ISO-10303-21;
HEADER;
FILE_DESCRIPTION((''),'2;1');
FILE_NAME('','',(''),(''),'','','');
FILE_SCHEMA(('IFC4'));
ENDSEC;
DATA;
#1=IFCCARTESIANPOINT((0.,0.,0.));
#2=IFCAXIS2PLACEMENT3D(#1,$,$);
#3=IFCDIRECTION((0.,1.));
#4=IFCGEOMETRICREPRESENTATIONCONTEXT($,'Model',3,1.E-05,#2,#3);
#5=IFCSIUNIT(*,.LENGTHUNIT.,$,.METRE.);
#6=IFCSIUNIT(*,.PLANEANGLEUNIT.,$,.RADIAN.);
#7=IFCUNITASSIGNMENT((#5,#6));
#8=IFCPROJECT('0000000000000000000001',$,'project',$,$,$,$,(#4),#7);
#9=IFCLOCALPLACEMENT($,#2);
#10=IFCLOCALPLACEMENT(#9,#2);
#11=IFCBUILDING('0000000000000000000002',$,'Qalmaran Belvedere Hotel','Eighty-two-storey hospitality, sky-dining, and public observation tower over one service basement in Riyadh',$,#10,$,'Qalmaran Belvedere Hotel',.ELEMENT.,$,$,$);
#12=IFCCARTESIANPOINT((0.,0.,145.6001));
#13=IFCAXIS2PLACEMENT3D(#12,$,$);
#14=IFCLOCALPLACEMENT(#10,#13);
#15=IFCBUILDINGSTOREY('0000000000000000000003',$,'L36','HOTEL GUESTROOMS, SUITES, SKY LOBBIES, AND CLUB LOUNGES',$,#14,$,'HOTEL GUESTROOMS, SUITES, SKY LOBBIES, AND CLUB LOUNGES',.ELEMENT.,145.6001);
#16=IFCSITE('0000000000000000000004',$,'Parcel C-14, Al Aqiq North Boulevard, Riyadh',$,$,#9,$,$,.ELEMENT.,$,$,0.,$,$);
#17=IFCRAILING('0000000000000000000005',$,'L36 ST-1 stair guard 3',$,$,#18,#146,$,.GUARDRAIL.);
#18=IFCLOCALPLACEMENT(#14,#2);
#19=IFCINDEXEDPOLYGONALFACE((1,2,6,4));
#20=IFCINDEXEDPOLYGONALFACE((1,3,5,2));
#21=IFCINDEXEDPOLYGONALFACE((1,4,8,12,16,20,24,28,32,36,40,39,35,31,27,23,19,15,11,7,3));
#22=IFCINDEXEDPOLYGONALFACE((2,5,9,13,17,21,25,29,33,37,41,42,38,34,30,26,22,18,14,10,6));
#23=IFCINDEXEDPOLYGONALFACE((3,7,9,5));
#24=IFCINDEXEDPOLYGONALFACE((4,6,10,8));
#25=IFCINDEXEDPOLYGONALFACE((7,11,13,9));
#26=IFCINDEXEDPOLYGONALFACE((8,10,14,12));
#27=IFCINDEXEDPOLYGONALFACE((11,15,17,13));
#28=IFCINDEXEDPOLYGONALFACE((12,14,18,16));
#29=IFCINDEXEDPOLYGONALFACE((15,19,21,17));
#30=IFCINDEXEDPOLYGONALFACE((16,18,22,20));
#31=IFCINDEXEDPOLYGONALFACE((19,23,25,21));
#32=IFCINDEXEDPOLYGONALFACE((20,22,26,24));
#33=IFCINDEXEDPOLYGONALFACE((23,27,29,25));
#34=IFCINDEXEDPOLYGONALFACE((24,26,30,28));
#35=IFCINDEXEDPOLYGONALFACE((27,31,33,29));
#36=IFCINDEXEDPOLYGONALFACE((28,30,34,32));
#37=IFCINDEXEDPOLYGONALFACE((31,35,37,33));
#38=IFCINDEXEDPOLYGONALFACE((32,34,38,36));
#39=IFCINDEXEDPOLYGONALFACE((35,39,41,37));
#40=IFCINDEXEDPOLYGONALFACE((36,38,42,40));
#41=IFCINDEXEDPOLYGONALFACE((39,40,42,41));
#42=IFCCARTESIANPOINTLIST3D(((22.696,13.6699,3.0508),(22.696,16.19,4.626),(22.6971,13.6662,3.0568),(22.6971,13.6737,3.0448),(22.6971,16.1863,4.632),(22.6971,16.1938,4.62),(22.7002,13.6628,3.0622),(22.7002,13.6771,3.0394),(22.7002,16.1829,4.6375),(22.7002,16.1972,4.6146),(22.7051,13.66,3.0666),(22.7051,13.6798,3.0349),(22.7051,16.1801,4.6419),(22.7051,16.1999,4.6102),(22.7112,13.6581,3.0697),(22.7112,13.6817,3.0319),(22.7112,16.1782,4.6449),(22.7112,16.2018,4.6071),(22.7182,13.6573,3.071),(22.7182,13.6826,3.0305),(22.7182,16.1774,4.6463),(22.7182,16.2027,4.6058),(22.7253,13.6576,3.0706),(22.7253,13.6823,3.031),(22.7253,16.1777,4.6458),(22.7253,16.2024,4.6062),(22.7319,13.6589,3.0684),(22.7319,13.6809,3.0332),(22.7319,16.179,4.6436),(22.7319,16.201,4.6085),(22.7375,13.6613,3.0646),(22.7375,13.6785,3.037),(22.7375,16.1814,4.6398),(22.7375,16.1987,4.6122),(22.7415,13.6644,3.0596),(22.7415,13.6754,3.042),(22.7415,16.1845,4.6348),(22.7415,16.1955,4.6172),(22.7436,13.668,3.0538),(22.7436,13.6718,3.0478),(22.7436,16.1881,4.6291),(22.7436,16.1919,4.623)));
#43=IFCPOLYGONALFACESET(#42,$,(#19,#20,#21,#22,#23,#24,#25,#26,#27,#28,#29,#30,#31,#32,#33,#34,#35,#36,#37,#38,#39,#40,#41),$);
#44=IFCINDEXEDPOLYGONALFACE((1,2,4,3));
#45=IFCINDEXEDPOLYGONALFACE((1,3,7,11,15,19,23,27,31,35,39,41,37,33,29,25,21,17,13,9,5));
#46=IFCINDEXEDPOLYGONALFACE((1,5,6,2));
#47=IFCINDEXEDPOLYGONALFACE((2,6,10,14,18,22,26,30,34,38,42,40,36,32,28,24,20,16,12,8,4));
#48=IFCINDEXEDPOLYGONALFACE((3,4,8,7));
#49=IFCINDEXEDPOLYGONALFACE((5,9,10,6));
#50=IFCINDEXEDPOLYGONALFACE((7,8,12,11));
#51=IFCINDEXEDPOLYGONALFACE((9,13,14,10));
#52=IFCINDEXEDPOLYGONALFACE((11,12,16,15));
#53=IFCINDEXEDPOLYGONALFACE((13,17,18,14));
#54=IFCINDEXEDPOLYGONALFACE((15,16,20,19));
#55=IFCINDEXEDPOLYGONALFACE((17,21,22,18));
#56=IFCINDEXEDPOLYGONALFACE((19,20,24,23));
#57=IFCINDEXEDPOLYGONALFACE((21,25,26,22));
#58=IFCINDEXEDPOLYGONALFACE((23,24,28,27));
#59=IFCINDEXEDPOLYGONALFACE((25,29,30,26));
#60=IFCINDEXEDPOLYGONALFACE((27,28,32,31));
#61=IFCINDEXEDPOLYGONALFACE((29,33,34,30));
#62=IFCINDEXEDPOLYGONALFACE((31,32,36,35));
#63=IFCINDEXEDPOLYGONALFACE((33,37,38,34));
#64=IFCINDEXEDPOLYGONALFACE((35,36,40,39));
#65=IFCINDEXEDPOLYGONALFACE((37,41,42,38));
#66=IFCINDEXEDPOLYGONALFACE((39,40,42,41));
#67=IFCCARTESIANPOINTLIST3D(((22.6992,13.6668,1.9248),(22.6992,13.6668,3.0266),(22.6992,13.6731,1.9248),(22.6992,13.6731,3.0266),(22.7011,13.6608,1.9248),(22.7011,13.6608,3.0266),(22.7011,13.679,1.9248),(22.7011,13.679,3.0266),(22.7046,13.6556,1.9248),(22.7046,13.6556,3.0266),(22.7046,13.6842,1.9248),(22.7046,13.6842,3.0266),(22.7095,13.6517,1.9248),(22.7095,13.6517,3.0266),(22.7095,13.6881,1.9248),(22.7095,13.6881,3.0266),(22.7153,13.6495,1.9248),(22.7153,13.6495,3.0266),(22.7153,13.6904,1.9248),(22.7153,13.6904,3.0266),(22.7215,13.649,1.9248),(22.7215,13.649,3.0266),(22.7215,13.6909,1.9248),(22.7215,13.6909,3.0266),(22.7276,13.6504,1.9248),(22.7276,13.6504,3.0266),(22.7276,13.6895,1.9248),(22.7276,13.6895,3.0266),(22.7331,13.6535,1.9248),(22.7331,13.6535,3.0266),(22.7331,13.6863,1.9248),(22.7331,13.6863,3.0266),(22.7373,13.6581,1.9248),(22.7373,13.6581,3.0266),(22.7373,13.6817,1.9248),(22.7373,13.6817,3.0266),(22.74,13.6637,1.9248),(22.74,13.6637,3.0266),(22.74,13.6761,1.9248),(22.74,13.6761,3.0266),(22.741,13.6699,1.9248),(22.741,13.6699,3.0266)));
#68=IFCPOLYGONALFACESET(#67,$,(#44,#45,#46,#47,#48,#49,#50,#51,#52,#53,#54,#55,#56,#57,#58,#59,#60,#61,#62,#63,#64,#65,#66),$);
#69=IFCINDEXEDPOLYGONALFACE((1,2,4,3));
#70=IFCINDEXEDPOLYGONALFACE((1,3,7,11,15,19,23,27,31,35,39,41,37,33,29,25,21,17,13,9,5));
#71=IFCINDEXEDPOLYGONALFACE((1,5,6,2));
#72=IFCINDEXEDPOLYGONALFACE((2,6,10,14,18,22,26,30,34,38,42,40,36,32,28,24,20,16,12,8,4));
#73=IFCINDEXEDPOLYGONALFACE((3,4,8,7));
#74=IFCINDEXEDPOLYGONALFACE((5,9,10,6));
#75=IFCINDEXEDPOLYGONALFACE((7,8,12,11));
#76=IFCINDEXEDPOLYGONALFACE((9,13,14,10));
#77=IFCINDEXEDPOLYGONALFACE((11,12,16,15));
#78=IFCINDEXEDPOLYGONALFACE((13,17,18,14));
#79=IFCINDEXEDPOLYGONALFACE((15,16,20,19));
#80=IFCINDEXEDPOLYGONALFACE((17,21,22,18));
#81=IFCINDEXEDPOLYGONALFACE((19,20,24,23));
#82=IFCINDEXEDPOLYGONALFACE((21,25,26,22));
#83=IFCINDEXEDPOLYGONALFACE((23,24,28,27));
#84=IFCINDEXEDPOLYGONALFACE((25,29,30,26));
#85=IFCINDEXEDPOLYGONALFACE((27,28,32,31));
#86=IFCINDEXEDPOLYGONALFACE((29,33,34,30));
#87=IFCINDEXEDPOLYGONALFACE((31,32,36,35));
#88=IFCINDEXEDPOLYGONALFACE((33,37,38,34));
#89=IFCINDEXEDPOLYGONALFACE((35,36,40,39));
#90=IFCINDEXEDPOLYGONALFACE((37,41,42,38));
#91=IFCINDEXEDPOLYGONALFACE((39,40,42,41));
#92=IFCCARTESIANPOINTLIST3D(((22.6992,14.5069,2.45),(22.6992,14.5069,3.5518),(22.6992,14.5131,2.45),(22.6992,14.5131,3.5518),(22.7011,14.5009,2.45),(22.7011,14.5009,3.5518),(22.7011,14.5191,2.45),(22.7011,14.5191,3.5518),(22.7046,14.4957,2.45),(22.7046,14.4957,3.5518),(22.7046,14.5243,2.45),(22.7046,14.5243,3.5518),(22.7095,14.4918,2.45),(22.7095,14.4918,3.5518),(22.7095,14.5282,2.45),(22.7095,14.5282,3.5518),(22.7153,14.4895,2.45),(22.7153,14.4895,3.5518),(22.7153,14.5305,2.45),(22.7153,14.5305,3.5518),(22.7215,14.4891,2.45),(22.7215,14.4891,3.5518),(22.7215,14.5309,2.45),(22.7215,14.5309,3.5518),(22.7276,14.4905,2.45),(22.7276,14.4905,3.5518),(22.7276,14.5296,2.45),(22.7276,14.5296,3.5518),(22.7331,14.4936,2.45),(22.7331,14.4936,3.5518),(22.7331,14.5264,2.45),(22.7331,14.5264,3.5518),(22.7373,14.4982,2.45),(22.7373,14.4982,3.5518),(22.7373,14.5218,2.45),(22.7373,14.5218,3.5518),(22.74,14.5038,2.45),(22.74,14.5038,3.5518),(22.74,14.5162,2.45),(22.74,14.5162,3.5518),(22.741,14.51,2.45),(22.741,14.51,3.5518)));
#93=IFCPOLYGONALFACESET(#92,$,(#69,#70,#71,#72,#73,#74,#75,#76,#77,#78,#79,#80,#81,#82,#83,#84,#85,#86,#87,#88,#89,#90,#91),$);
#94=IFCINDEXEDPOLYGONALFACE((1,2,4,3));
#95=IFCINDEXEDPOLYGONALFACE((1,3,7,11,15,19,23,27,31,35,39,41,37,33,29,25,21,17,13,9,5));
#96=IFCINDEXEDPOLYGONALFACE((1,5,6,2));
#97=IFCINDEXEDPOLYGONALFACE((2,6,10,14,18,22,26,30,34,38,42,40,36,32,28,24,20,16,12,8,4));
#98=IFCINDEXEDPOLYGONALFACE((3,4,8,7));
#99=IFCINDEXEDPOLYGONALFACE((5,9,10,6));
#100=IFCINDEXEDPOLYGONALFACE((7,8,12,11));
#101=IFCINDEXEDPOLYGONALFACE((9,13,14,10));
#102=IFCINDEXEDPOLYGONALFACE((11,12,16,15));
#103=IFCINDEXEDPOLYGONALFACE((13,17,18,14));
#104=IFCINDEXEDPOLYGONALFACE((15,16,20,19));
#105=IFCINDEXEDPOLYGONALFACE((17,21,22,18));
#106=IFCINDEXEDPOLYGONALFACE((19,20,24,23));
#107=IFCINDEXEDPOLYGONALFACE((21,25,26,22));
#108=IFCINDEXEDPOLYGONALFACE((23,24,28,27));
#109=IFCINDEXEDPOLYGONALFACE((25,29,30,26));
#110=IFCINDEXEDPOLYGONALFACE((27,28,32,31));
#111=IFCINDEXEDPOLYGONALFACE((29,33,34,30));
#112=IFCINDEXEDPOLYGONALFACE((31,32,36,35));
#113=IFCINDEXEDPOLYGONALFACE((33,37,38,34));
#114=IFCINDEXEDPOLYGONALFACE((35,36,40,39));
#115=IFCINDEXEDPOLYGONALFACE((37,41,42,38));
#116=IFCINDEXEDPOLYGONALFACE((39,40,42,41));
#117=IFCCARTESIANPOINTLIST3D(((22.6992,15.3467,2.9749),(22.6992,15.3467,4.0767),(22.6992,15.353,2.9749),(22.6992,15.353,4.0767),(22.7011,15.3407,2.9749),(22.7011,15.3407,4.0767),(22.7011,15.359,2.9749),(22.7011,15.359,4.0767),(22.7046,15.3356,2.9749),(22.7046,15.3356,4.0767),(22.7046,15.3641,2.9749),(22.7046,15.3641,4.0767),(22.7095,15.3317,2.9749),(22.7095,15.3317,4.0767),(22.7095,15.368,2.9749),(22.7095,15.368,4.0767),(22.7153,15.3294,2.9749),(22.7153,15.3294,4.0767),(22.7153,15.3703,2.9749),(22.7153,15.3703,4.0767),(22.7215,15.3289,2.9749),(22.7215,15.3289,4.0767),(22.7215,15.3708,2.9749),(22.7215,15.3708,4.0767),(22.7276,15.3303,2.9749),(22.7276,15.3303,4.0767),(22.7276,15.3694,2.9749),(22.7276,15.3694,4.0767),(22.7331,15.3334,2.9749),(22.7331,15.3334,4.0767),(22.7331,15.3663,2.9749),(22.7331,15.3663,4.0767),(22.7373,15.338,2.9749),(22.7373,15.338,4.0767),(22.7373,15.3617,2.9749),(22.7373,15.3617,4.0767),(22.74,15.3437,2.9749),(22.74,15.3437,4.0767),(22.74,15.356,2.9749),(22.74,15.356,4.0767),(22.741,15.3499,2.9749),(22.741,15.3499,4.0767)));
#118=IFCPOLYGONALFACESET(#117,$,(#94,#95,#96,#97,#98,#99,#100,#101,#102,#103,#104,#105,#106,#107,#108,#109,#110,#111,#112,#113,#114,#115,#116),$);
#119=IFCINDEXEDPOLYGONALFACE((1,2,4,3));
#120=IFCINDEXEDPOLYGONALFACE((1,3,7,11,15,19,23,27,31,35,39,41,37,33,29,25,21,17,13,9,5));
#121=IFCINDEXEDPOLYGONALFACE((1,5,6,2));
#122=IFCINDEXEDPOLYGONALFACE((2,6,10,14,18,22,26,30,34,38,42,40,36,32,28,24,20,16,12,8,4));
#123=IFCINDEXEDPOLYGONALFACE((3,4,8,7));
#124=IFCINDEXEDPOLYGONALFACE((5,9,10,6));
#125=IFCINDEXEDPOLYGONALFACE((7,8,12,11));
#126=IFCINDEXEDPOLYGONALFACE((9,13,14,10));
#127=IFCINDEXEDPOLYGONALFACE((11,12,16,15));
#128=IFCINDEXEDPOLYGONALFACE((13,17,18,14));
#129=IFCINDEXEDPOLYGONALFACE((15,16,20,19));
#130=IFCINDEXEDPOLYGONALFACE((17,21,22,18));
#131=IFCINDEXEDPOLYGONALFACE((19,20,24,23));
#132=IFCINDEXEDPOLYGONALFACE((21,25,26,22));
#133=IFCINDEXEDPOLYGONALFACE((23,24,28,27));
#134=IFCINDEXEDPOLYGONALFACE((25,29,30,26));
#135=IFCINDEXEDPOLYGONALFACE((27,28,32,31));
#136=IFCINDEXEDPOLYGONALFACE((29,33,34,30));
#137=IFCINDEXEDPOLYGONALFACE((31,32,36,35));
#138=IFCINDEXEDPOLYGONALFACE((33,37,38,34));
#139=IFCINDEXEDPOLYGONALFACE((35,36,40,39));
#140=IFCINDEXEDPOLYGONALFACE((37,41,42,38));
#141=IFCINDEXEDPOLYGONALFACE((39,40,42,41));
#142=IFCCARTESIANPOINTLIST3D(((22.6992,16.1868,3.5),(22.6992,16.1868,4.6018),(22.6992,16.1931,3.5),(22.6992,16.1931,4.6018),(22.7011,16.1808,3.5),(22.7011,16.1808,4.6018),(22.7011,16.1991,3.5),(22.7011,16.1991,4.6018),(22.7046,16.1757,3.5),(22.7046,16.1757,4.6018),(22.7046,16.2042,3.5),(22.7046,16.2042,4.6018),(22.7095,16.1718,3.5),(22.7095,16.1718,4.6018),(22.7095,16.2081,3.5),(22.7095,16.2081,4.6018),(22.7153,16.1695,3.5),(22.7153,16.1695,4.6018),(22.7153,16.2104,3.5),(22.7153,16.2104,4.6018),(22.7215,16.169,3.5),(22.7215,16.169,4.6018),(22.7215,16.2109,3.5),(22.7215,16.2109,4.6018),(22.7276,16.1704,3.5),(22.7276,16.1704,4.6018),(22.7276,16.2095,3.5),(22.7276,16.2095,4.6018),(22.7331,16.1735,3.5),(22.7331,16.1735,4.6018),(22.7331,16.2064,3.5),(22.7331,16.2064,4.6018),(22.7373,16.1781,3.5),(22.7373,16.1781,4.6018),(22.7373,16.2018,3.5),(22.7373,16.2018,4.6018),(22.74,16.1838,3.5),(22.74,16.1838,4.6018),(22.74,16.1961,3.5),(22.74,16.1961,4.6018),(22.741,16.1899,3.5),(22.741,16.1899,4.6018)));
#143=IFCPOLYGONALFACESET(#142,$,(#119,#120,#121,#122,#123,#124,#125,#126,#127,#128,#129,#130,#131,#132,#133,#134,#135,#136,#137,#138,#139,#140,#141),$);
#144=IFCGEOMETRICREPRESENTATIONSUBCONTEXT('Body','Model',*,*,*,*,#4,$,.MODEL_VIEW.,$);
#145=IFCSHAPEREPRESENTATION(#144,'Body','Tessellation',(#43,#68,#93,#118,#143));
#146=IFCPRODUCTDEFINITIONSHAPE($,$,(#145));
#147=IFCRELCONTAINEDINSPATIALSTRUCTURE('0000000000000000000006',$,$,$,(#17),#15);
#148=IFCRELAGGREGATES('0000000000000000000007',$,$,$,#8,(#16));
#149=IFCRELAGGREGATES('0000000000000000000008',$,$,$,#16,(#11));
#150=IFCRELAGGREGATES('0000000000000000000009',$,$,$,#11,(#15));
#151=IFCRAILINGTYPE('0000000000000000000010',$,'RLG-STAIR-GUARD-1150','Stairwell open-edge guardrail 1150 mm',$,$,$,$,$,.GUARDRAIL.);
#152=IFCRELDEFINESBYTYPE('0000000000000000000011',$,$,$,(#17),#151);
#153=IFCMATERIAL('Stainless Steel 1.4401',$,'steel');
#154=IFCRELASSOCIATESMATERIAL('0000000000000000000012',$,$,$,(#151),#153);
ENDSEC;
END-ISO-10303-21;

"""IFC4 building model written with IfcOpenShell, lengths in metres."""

from ifc_helpers import new_model, si_unit, direction, frame, origin, origin_2d, place, context, subcontext, project, spatial, circle, extrude, material, type_object, element, save


model = new_model("IFC4")

# Units and contexts
model_context = context("Model", 3, precision=1e-05, world=origin(), true_north=direction((0.0, 1.0)))
body_context = subcontext(model_context, "Body", "Model", "MODEL_VIEW")
ifc_project = project(units=[si_unit("LENGTHUNIT", "METRE"), si_unit("PLANEANGLEUNIT", "RADIAN")], contexts=[model_context])

# Site, building, storey
site_placement = place(None, origin())
site = spatial("IfcSite", under=ifc_project, at=site_placement, Name="Parcel C-14, Al Aqiq North Boulevard, Riyadh", CompositionType="ELEMENT", RefElevation=0.0)
building_placement = place(site_placement, origin())
building = spatial("IfcBuilding", under=site, at=building_placement, Name="Qalmaran Belvedere Hotel", Description="Eighty-two-storey hospitality, sky-dining, and public observation tower over one service basement in Riyadh", LongName="Qalmaran Belvedere Hotel", CompositionType="ELEMENT")
storey_placement = place(building_placement, frame((0.0, 0.0, 145.6001)))
storey = spatial("IfcBuildingStorey", under=building, at=storey_placement, Name="L36", Description="HOTEL GUESTROOMS, SUITES, SKY LOBBIES, AND CLUB LOUNGES", LongName="HOTEL GUESTROOMS, SUITES, SKY LOBBIES, AND CLUB LOUNGES", CompositionType="ELEMENT", Elevation=145.6001)

# Railing
ifc_material_1 = material(Name="Stainless Steel 1.4401", Category="steel")
railing_type_1 = type_object("IfcRailingType", Name="RLG-STAIR-GUARD-1150", Description="Stairwell open-edge guardrail 1150 mm", PredefinedType="GUARDRAIL", material=ifc_material_1)
railing_1_placement = place(storey_placement, frame((22.72, 13.6699, 1.9248)))
element("IfcRailing", 1, at=railing_1_placement, inside=storey, type_object=railing_type_1, Name="L36 ST-1 stair guard 3", PredefinedType="GUARDRAIL", context=body_context, shape_type="SweptSolid", body=[
    extrude(circle(Radius=0.0239, at=origin_2d()), frame((0.0, 0.0, 1.126), z_axis=(0.0, 0.847971, 0.530043), x_axis=(-1.0, 0.0, 0.0)), (0.0, 0.0, 1.0), 2.9719),
    extrude(circle(Radius=0.021, at=origin_2d()), origin(), (0.0, 0.0, 1.0), 1.1018),
    extrude(circle(Radius=0.021, at=origin_2d()), frame((0.0, 0.8401, 0.5251)), (0.0, 0.0, 1.0), 1.1018),
    extrude(circle(Radius=0.021, at=origin_2d()), frame((0.0, 1.6799, 1.05)), (0.0, 0.0, 1.0), 1.1018),
    extrude(circle(Radius=0.021, at=origin_2d()), frame((0.0, 2.52, 1.5752)), (0.0, 0.0, 1.0), 1.1018),
])

save(model, "model.ifc")
